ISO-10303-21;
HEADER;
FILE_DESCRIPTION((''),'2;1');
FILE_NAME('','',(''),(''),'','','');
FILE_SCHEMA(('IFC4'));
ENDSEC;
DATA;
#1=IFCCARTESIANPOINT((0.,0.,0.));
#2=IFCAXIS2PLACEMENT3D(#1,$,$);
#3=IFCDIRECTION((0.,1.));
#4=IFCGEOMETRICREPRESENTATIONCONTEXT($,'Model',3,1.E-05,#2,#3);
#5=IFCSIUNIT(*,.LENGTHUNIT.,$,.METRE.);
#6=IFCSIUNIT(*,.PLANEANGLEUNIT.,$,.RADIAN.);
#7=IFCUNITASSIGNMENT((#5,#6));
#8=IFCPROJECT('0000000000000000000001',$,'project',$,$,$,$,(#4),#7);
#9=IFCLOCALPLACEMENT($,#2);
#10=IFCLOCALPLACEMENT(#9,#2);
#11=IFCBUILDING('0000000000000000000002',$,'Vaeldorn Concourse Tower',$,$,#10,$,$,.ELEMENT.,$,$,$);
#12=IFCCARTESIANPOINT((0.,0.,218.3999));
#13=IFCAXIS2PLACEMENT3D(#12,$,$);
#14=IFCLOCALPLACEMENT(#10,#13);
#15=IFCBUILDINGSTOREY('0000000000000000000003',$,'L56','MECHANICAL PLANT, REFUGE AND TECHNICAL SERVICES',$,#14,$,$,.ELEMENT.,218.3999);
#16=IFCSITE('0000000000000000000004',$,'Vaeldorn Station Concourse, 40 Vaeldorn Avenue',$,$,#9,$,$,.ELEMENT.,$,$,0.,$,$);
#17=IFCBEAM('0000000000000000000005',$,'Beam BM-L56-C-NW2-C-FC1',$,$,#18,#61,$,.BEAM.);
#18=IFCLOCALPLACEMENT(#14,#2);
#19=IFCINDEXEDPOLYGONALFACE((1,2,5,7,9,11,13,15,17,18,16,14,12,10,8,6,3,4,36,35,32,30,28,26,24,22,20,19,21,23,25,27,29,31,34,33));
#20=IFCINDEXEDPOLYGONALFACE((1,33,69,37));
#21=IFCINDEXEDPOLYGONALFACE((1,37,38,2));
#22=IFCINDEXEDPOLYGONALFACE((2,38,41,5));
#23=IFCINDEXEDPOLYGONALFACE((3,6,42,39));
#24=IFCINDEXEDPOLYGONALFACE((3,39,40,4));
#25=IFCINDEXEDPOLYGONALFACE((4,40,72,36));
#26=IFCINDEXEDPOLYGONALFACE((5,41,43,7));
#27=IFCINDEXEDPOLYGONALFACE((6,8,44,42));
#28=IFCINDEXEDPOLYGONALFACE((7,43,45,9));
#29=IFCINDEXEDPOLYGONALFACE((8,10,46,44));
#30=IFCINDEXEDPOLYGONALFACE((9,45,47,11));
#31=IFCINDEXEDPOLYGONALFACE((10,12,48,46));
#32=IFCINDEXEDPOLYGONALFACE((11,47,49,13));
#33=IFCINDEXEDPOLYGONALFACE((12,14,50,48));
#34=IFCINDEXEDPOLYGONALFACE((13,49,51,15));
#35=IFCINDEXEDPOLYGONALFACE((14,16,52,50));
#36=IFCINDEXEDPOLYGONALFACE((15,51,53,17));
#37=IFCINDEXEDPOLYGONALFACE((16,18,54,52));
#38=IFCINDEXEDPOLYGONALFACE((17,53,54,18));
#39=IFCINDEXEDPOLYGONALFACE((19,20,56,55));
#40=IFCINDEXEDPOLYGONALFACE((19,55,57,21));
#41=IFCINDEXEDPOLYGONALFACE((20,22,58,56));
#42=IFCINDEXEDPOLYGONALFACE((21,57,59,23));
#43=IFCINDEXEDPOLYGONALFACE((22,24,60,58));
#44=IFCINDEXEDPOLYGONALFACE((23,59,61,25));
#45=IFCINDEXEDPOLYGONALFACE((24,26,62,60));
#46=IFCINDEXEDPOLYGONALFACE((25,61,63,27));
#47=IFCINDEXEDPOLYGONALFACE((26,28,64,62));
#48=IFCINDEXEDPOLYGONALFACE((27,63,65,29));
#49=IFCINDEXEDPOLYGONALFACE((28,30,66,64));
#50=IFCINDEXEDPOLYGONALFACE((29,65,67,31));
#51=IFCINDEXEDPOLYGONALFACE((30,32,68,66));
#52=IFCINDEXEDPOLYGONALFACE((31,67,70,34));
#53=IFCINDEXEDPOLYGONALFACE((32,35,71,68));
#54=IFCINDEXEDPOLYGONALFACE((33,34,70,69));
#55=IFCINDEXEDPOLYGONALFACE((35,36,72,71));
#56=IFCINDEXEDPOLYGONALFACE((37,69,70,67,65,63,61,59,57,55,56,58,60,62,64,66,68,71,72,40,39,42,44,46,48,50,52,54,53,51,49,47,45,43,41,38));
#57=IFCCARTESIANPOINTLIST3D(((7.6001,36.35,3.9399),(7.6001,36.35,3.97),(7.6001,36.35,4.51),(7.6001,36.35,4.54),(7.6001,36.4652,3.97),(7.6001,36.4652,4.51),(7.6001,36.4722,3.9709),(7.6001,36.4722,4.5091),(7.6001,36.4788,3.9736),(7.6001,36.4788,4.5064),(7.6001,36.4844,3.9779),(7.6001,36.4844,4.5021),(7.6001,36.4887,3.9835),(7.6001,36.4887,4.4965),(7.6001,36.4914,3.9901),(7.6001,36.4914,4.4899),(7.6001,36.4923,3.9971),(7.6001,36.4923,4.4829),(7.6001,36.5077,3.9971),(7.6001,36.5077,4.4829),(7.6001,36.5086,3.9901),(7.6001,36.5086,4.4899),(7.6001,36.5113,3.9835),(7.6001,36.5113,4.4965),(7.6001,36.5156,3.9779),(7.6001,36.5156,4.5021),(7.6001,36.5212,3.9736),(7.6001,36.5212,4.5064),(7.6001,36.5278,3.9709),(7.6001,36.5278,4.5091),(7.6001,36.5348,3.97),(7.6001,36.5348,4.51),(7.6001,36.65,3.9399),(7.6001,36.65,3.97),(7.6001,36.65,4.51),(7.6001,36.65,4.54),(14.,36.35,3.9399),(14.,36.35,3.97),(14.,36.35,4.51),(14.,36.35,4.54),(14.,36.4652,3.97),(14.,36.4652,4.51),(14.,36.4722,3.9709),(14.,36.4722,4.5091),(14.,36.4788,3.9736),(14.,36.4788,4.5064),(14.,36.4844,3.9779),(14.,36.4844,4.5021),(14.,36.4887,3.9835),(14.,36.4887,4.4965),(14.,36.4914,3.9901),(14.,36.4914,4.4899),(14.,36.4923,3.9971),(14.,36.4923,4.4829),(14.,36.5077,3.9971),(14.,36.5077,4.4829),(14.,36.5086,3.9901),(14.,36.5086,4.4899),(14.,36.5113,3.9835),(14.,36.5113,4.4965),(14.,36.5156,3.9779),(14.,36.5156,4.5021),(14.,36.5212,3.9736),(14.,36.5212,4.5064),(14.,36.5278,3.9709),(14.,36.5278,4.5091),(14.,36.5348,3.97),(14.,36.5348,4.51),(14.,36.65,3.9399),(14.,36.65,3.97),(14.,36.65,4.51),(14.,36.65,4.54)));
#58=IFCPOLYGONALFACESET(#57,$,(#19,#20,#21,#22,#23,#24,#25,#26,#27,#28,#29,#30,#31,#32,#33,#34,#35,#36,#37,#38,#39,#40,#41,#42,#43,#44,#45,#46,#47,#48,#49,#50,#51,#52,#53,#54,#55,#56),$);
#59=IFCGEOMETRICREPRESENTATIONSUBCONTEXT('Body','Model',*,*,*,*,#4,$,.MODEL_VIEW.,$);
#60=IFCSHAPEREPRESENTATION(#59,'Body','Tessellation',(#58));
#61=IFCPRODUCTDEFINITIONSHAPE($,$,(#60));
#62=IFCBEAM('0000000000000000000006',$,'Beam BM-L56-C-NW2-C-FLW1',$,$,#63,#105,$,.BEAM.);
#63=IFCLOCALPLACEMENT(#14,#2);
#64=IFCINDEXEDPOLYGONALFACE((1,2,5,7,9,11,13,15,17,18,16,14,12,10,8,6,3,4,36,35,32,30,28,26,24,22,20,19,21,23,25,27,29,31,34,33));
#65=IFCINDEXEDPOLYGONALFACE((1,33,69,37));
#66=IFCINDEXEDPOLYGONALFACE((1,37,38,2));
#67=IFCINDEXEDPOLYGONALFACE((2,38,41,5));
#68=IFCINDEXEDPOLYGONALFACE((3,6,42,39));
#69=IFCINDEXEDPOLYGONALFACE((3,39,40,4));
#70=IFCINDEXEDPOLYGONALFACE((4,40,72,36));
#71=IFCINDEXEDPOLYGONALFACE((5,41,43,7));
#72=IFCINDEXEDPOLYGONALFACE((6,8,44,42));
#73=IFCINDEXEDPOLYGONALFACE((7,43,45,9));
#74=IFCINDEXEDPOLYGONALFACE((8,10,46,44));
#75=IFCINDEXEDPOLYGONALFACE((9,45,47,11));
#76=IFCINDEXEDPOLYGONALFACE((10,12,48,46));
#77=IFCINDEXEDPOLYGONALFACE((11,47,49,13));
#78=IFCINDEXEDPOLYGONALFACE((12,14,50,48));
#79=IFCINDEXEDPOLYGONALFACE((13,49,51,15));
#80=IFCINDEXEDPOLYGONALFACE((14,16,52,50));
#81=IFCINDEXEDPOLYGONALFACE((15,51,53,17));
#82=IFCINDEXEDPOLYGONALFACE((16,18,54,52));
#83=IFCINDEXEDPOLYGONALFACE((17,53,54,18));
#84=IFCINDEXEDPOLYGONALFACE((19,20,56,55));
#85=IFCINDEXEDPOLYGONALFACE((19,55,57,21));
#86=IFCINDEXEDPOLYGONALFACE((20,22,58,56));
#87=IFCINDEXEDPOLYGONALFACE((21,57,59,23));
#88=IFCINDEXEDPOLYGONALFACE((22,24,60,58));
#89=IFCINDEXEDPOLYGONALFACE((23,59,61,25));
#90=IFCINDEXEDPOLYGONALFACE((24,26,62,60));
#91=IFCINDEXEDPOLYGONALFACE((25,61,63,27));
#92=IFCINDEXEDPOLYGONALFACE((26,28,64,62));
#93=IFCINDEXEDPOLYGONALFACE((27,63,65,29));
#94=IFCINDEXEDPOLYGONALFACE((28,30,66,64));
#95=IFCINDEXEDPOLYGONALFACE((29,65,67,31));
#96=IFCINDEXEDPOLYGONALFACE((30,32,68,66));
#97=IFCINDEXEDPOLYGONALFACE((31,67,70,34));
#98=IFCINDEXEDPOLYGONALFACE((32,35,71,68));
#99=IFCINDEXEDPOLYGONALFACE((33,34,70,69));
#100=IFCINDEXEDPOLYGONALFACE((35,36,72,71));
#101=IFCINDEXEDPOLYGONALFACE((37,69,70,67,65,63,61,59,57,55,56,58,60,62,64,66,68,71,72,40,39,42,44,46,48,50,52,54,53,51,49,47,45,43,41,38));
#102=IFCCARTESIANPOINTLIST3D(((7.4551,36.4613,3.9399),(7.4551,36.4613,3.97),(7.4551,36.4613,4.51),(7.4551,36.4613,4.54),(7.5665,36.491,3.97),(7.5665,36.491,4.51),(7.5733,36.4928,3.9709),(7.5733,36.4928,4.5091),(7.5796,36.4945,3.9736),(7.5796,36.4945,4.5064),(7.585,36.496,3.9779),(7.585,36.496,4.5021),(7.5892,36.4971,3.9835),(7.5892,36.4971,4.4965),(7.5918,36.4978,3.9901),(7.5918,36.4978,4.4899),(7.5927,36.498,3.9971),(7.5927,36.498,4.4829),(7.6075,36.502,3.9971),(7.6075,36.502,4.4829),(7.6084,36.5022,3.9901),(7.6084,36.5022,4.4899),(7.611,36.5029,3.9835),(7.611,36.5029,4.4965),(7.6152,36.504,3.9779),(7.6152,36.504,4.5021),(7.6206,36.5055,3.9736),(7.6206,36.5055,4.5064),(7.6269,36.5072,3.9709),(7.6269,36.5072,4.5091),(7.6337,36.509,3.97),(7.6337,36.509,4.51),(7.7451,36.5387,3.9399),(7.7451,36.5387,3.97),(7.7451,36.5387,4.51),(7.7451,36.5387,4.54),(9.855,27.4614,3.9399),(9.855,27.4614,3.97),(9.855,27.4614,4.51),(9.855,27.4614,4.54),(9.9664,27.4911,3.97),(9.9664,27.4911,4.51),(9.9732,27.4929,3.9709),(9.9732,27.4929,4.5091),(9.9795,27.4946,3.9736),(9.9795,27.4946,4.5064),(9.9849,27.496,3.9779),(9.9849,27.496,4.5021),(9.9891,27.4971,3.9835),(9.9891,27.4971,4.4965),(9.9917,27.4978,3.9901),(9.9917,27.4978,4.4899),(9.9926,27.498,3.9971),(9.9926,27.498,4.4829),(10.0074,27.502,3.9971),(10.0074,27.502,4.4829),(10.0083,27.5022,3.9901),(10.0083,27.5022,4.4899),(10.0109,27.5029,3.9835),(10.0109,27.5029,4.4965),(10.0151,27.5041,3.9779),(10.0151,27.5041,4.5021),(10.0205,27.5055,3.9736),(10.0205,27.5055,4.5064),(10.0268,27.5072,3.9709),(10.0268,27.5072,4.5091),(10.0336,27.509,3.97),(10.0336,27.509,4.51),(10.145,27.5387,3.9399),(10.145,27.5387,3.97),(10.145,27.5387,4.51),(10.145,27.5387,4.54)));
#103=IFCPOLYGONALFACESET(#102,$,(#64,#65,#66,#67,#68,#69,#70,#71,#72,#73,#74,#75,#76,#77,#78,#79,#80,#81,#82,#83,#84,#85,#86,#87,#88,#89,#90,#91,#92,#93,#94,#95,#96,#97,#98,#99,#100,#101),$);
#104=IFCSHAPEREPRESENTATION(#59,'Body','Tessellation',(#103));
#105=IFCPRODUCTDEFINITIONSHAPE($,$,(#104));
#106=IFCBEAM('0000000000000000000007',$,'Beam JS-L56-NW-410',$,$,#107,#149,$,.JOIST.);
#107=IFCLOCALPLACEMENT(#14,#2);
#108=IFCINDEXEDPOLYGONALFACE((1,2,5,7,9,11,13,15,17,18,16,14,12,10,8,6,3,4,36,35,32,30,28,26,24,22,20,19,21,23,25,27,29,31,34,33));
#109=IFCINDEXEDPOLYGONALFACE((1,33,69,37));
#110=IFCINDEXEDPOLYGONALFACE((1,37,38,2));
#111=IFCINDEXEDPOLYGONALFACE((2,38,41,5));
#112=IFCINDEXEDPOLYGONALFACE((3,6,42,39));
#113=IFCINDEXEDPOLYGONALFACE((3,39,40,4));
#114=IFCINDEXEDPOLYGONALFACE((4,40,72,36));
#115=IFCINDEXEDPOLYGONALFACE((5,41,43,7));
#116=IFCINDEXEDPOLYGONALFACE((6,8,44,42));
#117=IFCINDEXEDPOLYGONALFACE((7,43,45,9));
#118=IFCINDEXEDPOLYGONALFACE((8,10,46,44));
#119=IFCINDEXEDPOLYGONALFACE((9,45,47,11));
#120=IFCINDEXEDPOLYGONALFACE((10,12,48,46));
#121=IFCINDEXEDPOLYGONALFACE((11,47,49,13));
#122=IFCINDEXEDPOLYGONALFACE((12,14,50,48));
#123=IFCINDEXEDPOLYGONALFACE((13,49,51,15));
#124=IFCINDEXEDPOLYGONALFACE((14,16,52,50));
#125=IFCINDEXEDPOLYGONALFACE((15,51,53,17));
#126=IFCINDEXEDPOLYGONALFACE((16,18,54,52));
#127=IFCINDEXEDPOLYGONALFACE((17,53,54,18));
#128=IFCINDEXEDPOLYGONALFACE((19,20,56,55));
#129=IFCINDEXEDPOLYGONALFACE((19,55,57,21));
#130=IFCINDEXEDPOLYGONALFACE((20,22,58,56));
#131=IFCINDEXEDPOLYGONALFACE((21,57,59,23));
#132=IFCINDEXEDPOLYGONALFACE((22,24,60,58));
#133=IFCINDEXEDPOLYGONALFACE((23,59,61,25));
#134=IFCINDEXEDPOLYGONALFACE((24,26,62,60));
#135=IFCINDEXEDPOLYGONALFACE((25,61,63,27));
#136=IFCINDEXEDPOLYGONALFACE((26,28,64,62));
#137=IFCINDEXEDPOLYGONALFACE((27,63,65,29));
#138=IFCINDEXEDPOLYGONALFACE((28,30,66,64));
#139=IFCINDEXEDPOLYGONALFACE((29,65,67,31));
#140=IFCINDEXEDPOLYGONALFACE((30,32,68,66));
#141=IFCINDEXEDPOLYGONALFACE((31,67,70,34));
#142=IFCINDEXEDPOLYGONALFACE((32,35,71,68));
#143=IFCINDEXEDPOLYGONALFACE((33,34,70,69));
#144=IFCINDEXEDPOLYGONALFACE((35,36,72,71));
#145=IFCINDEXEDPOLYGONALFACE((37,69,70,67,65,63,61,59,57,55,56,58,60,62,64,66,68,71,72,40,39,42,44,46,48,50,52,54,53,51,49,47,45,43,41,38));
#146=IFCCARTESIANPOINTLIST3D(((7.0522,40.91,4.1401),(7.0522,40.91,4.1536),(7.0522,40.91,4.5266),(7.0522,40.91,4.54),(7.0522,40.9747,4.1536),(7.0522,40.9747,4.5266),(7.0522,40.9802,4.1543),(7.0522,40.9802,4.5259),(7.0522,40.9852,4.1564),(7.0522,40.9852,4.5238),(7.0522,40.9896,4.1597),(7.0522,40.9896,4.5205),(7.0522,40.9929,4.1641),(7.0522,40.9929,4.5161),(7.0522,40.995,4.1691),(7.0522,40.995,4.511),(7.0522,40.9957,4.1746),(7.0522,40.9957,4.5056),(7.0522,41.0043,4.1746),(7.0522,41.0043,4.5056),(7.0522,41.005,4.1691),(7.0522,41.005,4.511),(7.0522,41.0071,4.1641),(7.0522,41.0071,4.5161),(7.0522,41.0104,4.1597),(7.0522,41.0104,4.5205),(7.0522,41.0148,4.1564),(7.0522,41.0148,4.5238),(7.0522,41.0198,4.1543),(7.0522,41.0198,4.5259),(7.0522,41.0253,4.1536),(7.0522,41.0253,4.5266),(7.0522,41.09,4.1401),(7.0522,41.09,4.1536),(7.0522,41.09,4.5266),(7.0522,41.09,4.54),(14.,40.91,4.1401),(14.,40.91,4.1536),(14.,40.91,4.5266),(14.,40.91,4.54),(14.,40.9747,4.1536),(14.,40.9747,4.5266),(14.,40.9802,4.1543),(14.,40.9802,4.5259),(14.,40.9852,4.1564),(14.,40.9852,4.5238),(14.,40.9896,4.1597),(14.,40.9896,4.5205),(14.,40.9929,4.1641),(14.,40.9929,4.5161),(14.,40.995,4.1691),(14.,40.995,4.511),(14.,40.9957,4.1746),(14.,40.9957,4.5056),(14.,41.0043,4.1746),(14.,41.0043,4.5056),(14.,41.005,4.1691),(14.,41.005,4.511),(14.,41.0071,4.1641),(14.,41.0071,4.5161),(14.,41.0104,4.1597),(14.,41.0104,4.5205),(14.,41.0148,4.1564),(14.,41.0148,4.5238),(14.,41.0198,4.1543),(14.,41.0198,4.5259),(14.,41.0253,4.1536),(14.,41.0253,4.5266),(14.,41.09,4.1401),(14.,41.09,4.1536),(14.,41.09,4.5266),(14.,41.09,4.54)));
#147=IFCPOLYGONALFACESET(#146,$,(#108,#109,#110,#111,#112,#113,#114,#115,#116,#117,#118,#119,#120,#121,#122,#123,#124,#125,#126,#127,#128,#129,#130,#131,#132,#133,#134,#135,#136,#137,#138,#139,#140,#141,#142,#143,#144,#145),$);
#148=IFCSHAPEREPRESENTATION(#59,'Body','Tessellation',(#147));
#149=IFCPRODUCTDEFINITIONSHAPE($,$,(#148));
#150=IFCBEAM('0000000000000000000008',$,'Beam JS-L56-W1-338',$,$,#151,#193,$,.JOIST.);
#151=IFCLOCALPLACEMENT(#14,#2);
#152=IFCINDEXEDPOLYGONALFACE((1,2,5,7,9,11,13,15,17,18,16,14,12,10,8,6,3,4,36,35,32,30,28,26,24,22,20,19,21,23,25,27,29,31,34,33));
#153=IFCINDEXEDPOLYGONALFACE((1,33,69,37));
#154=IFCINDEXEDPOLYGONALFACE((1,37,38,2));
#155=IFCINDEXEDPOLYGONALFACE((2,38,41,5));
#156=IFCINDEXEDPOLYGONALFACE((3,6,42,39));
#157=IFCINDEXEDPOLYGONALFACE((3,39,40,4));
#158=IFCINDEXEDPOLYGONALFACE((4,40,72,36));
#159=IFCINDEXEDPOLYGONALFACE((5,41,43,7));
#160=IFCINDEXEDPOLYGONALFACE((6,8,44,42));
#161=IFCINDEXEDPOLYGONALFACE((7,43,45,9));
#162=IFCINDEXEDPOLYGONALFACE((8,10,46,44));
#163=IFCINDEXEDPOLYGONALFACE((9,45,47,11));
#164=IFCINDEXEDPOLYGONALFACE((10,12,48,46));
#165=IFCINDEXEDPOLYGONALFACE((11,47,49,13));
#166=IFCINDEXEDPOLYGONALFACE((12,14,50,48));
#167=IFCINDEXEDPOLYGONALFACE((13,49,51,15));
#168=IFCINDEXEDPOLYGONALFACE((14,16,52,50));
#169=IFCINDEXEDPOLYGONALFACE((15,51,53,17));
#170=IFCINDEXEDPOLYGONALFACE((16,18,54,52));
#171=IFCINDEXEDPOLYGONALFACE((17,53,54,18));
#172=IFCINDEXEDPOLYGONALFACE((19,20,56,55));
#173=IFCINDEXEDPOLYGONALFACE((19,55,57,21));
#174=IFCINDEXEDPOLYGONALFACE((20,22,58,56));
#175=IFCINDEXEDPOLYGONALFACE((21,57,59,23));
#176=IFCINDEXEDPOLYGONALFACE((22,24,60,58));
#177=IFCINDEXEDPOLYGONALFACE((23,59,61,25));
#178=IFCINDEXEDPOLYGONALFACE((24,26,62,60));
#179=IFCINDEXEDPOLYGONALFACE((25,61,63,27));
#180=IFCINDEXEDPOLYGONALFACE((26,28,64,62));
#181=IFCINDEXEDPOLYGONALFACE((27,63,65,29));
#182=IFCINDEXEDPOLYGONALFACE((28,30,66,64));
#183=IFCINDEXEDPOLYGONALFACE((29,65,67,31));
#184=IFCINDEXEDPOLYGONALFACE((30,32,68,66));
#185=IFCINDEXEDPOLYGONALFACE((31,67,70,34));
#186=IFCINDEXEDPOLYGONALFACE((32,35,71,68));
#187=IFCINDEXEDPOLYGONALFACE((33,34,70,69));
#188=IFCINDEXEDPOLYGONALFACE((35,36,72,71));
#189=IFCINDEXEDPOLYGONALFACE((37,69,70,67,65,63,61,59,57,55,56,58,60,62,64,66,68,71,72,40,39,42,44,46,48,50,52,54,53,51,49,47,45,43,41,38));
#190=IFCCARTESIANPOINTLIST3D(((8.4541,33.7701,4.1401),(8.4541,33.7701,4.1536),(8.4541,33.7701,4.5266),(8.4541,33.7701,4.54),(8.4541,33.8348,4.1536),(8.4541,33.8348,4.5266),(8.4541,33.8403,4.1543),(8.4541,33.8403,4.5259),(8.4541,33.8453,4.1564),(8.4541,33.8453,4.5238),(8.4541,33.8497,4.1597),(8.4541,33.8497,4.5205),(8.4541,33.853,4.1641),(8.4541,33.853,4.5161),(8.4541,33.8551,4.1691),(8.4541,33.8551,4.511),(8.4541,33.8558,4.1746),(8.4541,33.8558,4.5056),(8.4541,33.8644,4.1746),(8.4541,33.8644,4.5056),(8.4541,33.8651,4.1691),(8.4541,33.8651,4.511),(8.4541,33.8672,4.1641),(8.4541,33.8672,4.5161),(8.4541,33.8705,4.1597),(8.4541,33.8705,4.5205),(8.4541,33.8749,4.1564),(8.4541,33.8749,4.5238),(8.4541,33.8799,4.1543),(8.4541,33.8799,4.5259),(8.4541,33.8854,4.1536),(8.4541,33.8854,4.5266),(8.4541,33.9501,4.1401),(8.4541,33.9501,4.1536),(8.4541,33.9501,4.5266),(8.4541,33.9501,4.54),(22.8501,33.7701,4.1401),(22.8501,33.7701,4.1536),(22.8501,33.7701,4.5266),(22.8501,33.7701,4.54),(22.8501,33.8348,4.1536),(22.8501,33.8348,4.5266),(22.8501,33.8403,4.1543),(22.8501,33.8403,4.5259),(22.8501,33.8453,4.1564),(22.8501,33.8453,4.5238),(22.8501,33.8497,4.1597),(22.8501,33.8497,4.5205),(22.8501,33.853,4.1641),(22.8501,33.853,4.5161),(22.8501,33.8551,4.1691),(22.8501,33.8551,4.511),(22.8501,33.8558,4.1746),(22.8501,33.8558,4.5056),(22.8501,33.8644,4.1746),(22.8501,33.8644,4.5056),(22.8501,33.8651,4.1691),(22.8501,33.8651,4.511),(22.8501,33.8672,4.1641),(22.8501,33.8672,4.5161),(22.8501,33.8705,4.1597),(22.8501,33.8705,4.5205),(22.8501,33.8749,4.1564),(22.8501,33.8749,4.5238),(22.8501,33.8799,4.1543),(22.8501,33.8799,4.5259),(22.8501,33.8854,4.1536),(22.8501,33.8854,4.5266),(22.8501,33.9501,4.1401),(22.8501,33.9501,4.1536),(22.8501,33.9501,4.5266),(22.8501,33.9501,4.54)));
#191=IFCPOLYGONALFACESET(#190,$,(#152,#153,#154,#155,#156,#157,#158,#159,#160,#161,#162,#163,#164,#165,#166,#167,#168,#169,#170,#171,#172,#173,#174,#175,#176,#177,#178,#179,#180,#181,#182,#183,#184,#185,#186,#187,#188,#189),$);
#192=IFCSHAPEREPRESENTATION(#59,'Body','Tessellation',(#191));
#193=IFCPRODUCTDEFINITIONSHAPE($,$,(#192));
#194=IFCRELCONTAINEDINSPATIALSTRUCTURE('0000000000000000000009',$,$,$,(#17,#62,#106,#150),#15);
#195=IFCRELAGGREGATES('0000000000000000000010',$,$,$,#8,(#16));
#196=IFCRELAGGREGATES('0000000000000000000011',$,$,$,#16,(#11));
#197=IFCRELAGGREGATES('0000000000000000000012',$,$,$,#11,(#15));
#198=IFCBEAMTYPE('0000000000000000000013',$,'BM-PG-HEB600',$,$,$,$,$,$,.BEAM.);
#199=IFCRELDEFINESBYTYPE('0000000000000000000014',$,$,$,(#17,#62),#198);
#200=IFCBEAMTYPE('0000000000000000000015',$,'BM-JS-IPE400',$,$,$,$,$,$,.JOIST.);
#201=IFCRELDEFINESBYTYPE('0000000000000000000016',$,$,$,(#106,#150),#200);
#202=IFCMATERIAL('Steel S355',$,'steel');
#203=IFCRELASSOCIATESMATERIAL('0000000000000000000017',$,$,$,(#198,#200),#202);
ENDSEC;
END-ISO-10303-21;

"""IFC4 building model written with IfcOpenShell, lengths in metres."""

from ifc_helpers import new_model, si_unit, direction, frame, origin, origin_2d, place, context, subcontext, project, spatial, i_section, extrude, source, transform, mapped, material, material_profile, profile_set, type_object, element, save


model = new_model("IFC4")

# Units and contexts
model_context = context("Model", 3, precision=1e-05, world=origin(), true_north=direction((0.0, 1.0)))
body_context = subcontext(model_context, "Body", "Model", "MODEL_VIEW")
ifc_project = project(units=[si_unit("LENGTHUNIT", "METRE"), si_unit("PLANEANGLEUNIT", "RADIAN")], contexts=[model_context])

# Site, building, storey
site_placement = place(None, origin())
site = spatial("IfcSite", under=ifc_project, at=site_placement, Name="Vaeldorn Station Concourse, 40 Vaeldorn Avenue", CompositionType="ELEMENT", RefElevation=0.0)
building_placement = place(site_placement, origin())
building = spatial("IfcBuilding", under=site, at=building_placement, Name="Vaeldorn Concourse Tower", CompositionType="ELEMENT")
storey_placement = place(building_placement, frame((0.0, 0.0, 218.3999)))
storey = spatial("IfcBuildingStorey", under=building, at=storey_placement, Name="L56", Description="MECHANICAL PLANT, REFUGE AND TECHNICAL SERVICES", CompositionType="ELEMENT", Elevation=218.3999)

# Beams
ifc_material_1 = material(Name="Steel S355", Category="steel")
ifc_material_profile_1 = material_profile(ifc_material_1, i_section(OverallWidth=0.3, OverallDepth=0.6001, WebThickness=0.0154, FlangeThickness=0.03, FilletRadius=0.0271, at=origin_2d()), Name="HEB 600")
ifc_profile_set_1 = profile_set([ifc_material_profile_1], Name="Steel S355")
beam_type_1 = type_object("IfcBeamType", Name="BM-PG-HEB600", PredefinedType="BEAM", material=ifc_profile_set_1)
shared_shape_1 = source(origin(), body_context, "Body", "SweptSolid", [
    extrude(i_section(OverallWidth=0.3, OverallDepth=0.6001, WebThickness=0.0154, FlangeThickness=0.03, FilletRadius=0.0271, at=origin_2d()), origin(), (0.0, 0.0, 1.0), 6.3999),
])
beam_1_placement = place(storey_placement, frame((7.6001, 36.5, 4.24), z_axis=(1.0, 0.0, 0.0), x_axis=(0.0, 1.0, 0.0)))
element("IfcBeam", 1, at=beam_1_placement, inside=storey, type_object=beam_type_1, Name="Beam BM-L56-C-NW2-C-FC1", PredefinedType="BEAM", context=body_context, shape_type="MappedRepresentation", body=[
    mapped(shared_shape_1, transform((0.0, 0.0, 0.0), scale=1.0)),
])
shared_shape_2 = source(origin(), body_context, "Body", "SweptSolid", [
    extrude(i_section(OverallWidth=0.3, OverallDepth=0.6001, WebThickness=0.0154, FlangeThickness=0.03, FilletRadius=0.0271, at=origin_2d()), origin(), (0.0, 0.0, 1.0), 9.3145),
])
beam_2_placement = place(storey_placement, frame((7.6001, 36.5, 4.24), z_axis=(0.257653, -0.966238, 0.0), x_axis=(0.966238, 0.257653, 0.0)))
element("IfcBeam", 2, at=beam_2_placement, inside=storey, type_object=beam_type_1, Name="Beam BM-L56-C-NW2-C-FLW1", PredefinedType="BEAM", context=body_context, shape_type="MappedRepresentation", body=[
    mapped(shared_shape_2, transform((0.0, 0.0, 0.0), scale=1.0)),
])
ifc_material_profile_2 = material_profile(ifc_material_1, i_section(OverallWidth=0.1799, OverallDepth=0.3999, WebThickness=0.0085, FlangeThickness=0.0134, FilletRadius=0.021, at=origin_2d()), Name="IPE 400")
ifc_profile_set_2 = profile_set([ifc_material_profile_2], Name="Steel S355")
beam_type_2 = type_object("IfcBeamType", Name="BM-JS-IPE400", PredefinedType="JOIST", material=ifc_profile_set_2)
shared_shape_3 = source(origin(), body_context, "Body", "SweptSolid", [
    extrude(i_section(OverallWidth=0.1799, OverallDepth=0.3999, WebThickness=0.0085, FlangeThickness=0.0134, FilletRadius=0.021, at=origin_2d()), origin(), (0.0, 0.0, 1.0), 6.9478),
])
beam_3_placement = place(storey_placement, frame((7.0522, 41.0, 4.3401), z_axis=(1.0, 0.0, 0.0), x_axis=(0.0, 1.0, 0.0)))
element("IfcBeam", 3, at=beam_3_placement, inside=storey, type_object=beam_type_2, Name="Beam JS-L56-NW-410", PredefinedType="JOIST", context=body_context, shape_type="MappedRepresentation", body=[
    mapped(shared_shape_3, transform((0.0, 0.0, 0.0), scale=1.0)),
])
shared_shape_4 = source(origin(), body_context, "Body", "SweptSolid", [
    extrude(i_section(OverallWidth=0.1799, OverallDepth=0.3999, WebThickness=0.0085, FlangeThickness=0.0134, FilletRadius=0.021, at=origin_2d()), origin(), (0.0, 0.0, 1.0), 14.396),
])
beam_4_placement = place(storey_placement, frame((8.4541, 33.8601, 4.3401), z_axis=(1.0, 0.0, 0.0), x_axis=(0.0, 1.0, 0.0)))
element("IfcBeam", 4, at=beam_4_placement, inside=storey, type_object=beam_type_2, Name="Beam JS-L56-W1-338", PredefinedType="JOIST", context=body_context, shape_type="MappedRepresentation", body=[
    mapped(shared_shape_4, transform((0.0, 0.0, 0.0), scale=1.0)),
])

save(model, "model.ifc")
